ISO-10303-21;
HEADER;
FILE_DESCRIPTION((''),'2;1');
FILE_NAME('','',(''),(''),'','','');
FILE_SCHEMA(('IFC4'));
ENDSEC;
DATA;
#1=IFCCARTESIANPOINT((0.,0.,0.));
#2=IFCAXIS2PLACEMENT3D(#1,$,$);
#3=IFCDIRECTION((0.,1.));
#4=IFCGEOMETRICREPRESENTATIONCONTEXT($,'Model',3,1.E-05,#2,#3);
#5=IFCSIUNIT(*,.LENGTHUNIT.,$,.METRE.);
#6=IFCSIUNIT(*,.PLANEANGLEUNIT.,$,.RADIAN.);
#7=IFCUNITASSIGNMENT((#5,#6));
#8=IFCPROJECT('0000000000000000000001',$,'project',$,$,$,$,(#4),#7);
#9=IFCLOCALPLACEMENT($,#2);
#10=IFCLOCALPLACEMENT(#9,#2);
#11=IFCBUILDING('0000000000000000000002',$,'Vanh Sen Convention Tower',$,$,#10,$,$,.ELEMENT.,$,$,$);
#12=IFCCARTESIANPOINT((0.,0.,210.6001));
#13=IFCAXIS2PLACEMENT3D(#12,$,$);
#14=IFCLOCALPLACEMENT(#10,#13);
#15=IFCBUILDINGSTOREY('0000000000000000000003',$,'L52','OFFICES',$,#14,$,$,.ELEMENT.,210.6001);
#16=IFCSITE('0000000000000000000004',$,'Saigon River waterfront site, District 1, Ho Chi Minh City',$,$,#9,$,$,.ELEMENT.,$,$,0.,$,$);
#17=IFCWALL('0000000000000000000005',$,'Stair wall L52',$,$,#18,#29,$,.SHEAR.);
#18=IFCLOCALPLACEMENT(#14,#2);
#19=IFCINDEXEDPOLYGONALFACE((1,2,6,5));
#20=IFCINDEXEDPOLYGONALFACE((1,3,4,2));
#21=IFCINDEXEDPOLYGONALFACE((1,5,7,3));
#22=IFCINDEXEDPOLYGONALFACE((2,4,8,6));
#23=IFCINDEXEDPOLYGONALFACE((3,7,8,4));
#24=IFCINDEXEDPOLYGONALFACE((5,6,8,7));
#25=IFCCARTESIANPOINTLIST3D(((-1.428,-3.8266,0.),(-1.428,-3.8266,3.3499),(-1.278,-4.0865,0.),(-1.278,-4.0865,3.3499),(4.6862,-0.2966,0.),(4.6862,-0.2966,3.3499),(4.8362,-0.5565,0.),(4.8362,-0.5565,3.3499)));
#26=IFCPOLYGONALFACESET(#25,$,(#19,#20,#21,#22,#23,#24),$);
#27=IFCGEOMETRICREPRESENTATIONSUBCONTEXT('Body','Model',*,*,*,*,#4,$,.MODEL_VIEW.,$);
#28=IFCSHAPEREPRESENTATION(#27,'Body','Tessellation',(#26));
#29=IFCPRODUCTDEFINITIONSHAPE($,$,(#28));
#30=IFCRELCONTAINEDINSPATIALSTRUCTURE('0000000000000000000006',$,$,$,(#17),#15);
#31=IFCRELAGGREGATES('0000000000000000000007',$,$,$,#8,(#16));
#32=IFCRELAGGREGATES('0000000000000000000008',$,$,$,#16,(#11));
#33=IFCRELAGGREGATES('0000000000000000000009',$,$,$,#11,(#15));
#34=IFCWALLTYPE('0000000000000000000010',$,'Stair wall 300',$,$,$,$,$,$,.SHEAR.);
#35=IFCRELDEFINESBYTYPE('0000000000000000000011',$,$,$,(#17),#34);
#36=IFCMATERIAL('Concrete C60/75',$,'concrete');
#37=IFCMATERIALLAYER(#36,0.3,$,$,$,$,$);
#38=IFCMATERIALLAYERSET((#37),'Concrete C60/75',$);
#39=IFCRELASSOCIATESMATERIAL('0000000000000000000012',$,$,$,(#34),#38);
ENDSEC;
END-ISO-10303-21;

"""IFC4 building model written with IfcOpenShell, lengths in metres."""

from ifc_helpers import new_model, si_unit, direction, frame, frame_2d, origin, place, context, subcontext, project, spatial, rectangle, extrude, material, layer, layer_set, type_object, element, save


model = new_model("IFC4")

# Units and contexts
model_context = context("Model", 3, precision=1e-05, world=origin(), true_north=direction((0.0, 1.0)))
body_context = subcontext(model_context, "Body", "Model", "MODEL_VIEW")
ifc_project = project(units=[si_unit("LENGTHUNIT", "METRE"), si_unit("PLANEANGLEUNIT", "RADIAN")], contexts=[model_context])

# Site, building, storey
site_placement = place(None, origin())
site = spatial("IfcSite", under=ifc_project, at=site_placement, Name="Saigon River waterfront site, District 1, Ho Chi Minh City", CompositionType="ELEMENT", RefElevation=0.0)
building_placement = place(site_placement, origin())
building = spatial("IfcBuilding", under=site, at=building_placement, Name="Vanh Sen Convention Tower", CompositionType="ELEMENT")
storey_placement = place(building_placement, frame((0.0, 0.0, 210.6001)))
storey = spatial("IfcBuildingStorey", under=building, at=storey_placement, Name="L52", Description="OFFICES", CompositionType="ELEMENT", Elevation=210.6001)

# Shared definitions
ifc_material_1 = material(Name="Concrete C60/75", Category="concrete")

# Shared definitions
ifc_layer_1 = layer(ifc_material_1, 0.3)
ifc_layer_set_1 = layer_set([ifc_layer_1], Name="Concrete C60/75")
wall_type_1 = type_object("IfcWallType", Name="Stair wall 300", PredefinedType="SHEAR", material=ifc_layer_set_1)

# Wall
wall_1_placement = place(storey_placement, frame((-1.353, -3.9565, 0.0), z_axis=(0.0, 0.0, 1.0), x_axis=(0.866028, 0.499996, 0.0)))
element("IfcWall", 1, at=wall_1_placement, inside=storey, type_object=wall_type_1, Name="Stair wall L52", PredefinedType="SHEAR", context=body_context, shape_type="SweptSolid", body=[
    extrude(rectangle(XDim=7.0601, YDim=0.3, at=frame_2d((3.53, 0.0))), origin(), (0.0, 0.0, 1.0), 3.3499),
])

save(model, "model.ifc")
